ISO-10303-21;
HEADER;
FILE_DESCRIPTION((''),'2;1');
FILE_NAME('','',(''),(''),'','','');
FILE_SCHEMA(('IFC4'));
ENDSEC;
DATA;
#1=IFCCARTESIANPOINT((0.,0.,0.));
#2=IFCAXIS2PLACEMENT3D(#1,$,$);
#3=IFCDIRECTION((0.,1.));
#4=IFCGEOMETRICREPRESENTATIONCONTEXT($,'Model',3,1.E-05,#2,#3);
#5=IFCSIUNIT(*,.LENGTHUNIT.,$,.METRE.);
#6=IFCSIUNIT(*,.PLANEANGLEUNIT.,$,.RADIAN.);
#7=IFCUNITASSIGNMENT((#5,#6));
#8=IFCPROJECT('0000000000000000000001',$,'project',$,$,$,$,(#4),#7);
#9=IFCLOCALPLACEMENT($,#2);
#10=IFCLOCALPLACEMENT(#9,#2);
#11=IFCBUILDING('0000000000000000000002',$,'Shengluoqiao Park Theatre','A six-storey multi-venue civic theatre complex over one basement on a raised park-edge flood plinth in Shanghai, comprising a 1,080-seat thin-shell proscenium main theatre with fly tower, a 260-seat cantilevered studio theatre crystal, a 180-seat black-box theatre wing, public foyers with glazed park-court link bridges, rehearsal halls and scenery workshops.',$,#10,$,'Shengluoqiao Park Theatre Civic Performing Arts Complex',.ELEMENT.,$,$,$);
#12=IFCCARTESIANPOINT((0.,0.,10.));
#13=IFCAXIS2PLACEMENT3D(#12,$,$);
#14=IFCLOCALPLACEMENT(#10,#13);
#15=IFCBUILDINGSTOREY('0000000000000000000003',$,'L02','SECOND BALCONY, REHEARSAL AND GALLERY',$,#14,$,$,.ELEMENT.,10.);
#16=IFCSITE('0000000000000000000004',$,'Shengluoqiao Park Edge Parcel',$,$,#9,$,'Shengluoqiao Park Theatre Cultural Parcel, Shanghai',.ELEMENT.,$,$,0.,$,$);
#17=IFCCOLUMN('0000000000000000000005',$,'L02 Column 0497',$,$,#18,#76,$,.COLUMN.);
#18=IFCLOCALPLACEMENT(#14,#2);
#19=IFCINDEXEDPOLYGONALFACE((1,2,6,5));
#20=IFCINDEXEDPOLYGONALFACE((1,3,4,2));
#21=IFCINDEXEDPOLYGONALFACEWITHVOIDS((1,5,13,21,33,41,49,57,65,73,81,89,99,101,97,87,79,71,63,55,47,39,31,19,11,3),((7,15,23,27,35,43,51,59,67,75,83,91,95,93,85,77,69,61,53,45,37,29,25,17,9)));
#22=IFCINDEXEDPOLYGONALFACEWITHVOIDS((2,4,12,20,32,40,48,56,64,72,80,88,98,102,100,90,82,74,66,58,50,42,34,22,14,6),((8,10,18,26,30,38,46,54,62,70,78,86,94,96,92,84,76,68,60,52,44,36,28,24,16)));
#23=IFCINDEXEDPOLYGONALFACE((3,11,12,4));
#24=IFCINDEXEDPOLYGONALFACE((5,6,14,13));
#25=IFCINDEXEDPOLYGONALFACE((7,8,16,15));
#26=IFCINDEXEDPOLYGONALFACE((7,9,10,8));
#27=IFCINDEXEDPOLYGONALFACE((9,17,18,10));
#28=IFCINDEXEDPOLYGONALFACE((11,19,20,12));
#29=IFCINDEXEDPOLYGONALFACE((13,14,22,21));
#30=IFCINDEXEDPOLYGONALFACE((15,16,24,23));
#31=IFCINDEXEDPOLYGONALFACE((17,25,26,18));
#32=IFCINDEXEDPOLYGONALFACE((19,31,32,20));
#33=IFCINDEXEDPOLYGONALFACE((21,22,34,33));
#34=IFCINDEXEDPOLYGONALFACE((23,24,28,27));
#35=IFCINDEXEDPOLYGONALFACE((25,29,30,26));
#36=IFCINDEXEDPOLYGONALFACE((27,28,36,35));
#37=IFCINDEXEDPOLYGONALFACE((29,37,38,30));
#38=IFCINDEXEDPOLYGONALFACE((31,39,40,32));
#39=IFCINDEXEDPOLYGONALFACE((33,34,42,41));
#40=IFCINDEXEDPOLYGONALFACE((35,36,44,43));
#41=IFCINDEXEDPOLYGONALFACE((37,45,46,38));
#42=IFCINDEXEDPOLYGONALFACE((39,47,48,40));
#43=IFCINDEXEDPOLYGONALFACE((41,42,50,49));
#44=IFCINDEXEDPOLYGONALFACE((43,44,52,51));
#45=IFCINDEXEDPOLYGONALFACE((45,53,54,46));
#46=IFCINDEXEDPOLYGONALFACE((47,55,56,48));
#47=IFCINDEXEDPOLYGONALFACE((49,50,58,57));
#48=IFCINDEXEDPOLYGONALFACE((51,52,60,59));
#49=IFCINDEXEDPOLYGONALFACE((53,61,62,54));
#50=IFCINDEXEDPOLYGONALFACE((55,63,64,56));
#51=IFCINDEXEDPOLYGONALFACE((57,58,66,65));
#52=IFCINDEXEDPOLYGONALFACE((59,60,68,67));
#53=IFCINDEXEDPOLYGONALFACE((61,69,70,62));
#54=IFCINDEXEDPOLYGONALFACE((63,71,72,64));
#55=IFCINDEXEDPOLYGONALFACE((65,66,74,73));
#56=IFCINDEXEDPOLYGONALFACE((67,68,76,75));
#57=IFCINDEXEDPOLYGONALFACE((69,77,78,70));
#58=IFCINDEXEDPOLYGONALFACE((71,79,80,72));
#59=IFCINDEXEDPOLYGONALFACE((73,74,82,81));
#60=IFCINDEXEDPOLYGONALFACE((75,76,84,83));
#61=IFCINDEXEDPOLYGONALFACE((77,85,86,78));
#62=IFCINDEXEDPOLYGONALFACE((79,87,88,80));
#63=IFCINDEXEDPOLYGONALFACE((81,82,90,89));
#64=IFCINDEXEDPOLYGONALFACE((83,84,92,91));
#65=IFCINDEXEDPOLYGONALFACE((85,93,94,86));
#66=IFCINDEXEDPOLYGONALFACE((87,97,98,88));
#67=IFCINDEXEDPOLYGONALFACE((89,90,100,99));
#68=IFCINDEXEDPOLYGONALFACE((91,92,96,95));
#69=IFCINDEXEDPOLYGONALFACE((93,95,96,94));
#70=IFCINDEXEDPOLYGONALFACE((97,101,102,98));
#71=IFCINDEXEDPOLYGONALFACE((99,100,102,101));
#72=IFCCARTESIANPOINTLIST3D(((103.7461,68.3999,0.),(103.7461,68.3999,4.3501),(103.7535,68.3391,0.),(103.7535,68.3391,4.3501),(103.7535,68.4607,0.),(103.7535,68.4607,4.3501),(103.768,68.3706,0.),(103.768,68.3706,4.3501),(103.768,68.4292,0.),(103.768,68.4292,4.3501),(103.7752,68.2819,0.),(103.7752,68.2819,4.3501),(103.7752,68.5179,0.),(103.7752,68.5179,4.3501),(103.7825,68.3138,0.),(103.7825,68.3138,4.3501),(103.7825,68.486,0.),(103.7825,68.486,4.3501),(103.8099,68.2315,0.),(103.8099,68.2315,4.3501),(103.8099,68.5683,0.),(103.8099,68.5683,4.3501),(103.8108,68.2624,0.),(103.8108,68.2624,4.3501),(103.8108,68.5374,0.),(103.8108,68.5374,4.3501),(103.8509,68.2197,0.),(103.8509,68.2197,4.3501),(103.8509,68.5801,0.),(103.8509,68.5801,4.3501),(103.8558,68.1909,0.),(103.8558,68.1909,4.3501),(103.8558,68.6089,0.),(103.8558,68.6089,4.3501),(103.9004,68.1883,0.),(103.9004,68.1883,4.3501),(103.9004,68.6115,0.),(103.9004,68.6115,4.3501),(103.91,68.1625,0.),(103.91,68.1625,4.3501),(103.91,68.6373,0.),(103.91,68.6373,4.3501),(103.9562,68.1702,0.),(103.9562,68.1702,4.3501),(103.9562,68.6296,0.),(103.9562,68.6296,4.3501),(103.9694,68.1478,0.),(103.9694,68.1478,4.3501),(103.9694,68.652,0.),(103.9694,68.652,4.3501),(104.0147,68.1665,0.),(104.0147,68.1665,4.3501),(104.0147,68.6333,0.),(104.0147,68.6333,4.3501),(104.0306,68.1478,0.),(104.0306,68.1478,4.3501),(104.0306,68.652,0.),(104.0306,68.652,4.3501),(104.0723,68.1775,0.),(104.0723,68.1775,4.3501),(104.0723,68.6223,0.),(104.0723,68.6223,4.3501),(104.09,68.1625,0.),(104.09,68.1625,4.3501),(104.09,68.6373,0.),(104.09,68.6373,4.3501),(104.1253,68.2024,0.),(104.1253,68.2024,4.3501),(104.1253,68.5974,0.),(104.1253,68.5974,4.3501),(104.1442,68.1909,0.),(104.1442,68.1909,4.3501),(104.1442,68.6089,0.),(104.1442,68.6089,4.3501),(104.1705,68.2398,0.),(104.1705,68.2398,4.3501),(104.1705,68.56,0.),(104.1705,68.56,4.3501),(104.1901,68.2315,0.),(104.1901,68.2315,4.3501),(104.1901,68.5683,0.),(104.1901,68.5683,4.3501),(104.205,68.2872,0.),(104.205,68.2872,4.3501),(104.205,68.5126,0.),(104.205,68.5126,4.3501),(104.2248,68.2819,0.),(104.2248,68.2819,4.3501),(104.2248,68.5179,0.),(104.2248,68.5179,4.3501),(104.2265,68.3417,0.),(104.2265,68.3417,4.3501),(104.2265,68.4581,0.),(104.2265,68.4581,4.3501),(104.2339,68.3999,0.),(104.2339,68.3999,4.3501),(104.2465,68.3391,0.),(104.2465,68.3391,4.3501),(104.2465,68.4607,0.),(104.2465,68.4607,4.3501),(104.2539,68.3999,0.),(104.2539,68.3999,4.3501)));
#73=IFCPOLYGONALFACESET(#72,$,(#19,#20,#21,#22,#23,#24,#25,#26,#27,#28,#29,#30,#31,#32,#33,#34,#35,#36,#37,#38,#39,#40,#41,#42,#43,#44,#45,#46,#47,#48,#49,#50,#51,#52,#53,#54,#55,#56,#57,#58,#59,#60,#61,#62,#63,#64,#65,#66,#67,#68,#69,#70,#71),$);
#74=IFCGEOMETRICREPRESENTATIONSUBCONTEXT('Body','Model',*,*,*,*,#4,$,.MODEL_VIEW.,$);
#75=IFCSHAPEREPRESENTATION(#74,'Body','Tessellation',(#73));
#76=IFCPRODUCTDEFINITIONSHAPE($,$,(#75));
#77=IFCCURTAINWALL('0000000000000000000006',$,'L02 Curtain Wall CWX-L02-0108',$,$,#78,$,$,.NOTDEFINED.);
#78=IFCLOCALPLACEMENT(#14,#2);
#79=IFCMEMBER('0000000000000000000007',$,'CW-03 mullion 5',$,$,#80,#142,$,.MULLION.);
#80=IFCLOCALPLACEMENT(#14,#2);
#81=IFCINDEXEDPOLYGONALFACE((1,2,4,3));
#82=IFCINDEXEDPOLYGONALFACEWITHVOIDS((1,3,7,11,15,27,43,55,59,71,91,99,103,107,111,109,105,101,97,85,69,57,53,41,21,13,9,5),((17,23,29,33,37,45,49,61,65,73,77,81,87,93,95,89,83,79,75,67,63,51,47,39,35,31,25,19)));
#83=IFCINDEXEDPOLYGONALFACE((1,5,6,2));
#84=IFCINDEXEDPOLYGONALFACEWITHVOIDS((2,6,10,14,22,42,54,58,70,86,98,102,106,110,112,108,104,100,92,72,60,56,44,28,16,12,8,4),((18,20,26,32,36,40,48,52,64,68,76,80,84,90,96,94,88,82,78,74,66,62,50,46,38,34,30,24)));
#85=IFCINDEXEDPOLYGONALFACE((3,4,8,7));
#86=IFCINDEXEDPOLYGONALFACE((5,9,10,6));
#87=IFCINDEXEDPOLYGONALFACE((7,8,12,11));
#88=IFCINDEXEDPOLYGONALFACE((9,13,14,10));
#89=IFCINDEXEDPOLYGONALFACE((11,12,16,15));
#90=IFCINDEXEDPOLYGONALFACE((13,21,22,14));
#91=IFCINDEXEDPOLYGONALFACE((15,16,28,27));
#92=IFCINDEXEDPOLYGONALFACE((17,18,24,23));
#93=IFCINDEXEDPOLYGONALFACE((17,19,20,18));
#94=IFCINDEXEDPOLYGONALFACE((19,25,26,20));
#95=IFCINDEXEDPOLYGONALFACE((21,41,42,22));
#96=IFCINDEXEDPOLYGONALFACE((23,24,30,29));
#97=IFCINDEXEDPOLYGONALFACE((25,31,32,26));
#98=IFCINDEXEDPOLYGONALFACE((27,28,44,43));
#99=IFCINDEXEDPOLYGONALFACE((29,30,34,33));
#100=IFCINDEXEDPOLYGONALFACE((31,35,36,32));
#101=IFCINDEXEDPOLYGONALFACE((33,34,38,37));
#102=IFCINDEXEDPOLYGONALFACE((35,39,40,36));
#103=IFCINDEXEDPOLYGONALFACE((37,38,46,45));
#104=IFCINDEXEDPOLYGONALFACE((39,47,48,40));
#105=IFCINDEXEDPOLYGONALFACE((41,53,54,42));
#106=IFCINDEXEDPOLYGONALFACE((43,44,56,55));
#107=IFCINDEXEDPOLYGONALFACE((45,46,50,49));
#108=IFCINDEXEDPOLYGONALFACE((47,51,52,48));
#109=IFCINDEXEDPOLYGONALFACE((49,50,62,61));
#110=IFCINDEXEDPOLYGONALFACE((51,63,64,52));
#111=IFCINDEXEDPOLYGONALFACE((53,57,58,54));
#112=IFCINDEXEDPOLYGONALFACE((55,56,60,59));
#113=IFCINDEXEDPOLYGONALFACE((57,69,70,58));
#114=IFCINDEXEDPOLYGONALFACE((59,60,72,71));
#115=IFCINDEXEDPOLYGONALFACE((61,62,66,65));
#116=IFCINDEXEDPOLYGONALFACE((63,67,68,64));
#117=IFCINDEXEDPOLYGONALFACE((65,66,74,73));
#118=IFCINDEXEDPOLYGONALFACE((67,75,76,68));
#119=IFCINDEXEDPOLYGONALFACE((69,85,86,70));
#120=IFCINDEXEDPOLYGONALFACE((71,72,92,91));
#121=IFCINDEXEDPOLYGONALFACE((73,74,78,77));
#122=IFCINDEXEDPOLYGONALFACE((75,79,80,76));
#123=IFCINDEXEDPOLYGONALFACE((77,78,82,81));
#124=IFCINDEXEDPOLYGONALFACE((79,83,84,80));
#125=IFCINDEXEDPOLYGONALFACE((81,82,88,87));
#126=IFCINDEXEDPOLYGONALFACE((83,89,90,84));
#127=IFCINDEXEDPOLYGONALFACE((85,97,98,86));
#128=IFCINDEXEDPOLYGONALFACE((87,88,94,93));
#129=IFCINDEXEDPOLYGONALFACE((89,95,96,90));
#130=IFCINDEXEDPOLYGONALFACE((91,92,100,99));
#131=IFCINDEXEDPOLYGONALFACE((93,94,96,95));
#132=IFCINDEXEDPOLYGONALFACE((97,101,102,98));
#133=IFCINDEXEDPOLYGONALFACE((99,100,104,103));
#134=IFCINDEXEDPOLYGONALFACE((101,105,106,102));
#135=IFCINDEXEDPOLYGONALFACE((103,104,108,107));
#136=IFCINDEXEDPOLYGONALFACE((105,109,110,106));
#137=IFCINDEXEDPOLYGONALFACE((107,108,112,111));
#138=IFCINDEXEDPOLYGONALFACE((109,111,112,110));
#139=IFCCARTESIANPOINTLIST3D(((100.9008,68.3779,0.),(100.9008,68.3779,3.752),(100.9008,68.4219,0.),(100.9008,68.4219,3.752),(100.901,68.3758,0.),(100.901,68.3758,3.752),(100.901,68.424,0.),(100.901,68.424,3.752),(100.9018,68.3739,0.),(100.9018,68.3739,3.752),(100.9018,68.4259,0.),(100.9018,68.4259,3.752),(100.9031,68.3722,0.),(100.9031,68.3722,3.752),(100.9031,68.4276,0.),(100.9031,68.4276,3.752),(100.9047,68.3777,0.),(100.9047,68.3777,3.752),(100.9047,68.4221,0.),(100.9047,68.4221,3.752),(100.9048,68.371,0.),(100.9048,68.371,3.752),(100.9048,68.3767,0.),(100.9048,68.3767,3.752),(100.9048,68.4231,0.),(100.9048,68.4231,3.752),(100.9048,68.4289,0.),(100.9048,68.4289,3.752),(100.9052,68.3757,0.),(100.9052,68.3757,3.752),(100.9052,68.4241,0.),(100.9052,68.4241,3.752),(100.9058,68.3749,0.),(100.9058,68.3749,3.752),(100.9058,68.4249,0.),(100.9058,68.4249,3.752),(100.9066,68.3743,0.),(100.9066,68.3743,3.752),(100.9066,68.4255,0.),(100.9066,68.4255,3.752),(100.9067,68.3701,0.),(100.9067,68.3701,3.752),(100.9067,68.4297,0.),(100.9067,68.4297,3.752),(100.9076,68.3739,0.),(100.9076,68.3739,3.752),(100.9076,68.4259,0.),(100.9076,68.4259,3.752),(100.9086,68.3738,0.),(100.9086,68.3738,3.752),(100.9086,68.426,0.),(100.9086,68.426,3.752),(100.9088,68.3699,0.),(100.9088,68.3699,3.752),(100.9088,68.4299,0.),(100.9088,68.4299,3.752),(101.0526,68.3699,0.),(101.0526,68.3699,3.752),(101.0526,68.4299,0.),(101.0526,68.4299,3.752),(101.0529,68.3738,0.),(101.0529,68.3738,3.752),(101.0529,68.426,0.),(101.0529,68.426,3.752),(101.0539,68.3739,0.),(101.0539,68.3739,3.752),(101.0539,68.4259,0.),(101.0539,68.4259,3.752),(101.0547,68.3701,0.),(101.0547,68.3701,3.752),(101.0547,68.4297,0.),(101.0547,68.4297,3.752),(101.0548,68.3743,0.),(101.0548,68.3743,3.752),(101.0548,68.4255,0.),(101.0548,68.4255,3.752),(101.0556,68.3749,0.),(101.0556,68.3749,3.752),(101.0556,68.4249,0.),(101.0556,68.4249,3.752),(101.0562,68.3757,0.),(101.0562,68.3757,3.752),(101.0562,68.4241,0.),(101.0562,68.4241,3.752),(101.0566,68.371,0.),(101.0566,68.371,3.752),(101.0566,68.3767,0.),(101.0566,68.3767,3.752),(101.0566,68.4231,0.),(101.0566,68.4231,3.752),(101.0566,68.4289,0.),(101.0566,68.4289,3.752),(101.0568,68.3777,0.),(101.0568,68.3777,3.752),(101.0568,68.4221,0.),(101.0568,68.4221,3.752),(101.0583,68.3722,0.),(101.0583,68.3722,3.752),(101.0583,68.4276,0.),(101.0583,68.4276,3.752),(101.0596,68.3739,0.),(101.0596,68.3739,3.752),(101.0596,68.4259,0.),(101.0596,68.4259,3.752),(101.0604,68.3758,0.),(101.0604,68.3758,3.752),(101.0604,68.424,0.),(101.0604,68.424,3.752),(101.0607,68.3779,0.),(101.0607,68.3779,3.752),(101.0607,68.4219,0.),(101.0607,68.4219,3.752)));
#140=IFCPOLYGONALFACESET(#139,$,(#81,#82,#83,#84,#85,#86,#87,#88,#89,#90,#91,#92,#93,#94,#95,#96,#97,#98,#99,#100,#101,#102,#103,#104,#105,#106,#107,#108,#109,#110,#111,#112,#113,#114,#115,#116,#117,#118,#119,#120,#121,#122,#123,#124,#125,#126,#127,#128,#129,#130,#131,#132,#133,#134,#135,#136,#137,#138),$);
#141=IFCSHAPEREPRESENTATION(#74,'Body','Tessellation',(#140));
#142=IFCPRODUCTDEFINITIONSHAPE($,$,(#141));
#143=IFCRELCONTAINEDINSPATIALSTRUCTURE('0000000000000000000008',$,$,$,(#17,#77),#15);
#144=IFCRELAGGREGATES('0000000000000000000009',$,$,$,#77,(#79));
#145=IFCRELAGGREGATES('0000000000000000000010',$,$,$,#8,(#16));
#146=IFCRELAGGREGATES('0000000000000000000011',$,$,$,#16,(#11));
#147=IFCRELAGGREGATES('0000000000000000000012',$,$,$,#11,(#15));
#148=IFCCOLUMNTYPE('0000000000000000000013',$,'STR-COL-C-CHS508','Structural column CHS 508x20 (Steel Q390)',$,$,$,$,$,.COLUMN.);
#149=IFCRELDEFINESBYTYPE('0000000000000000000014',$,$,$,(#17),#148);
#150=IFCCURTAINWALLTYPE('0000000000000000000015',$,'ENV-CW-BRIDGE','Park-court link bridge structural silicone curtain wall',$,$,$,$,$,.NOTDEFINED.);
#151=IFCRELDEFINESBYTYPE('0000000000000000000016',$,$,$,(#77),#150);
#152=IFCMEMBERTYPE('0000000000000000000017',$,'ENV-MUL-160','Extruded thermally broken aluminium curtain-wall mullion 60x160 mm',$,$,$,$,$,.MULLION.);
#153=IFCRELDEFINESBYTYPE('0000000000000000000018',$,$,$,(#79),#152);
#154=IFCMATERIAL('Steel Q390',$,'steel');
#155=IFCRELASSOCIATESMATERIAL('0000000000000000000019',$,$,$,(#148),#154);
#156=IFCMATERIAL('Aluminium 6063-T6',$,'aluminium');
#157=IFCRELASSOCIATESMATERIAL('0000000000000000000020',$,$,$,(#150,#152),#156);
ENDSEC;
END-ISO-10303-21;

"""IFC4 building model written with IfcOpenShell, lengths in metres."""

from ifc_helpers import new_model, si_unit, direction, frame, origin, origin_2d, place, context, subcontext, project, spatial, hollow_rectangle, hollow_circle, extrude, material, material_profile, profile_set, type_object, element, aggregate, save


model = new_model("IFC4")

# Units and contexts
model_context = context("Model", 3, precision=1e-05, world=origin(), true_north=direction((0.0, 1.0)))
body_context = subcontext(model_context, "Body", "Model", "MODEL_VIEW")
ifc_project = project(units=[si_unit("LENGTHUNIT", "METRE"), si_unit("PLANEANGLEUNIT", "RADIAN")], contexts=[model_context])

# Site, building, storey
site_placement = place(None, origin())
site = spatial("IfcSite", under=ifc_project, at=site_placement, Name="Shengluoqiao Park Edge Parcel", LongName="Shengluoqiao Park Theatre Cultural Parcel, Shanghai", CompositionType="ELEMENT", RefElevation=0.0)
building_placement = place(site_placement, origin())
building = spatial("IfcBuilding", under=site, at=building_placement, Name="Shengluoqiao Park Theatre", Description="A six-storey multi-venue civic theatre complex over one basement on a raised park-edge flood plinth in Shanghai, comprising a 1,080-seat thin-shell proscenium main theatre with fly tower, a 260-seat cantilevered studio theatre crystal, a 180-seat black-box theatre wing, public foyers with glazed park-court link bridges, rehearsal halls and scenery workshops.", LongName="Shengluoqiao Park Theatre Civic Performing Arts Complex", CompositionType="ELEMENT")
storey_placement = place(building_placement, frame((0.0, 0.0, 10.0)))
storey = spatial("IfcBuildingStorey", under=building, at=storey_placement, Name="L02", Description="SECOND BALCONY, REHEARSAL AND GALLERY", CompositionType="ELEMENT", Elevation=10.0)

# Column
ifc_material_1 = material(Name="Steel Q390", Category="steel")
ifc_material_profile_1 = material_profile(ifc_material_1, hollow_circle(Radius=0.2539, WallThickness=0.02, at=origin_2d()), Name="CHS 508x20")
ifc_profile_set_1 = profile_set([ifc_material_profile_1], Name="Steel Q390")
column_type = type_object("IfcColumnType", Name="STR-COL-C-CHS508", Description="Structural column CHS 508x20 (Steel Q390)", PredefinedType="COLUMN", material=ifc_profile_set_1)
column_placement = place(storey_placement, frame((104.0, 68.3999, 0.0), z_axis=(0.0, 0.0, 1.0), x_axis=(1.0, 0.0, 0.0)))
element("IfcColumn", 1, at=column_placement, inside=storey, type_object=column_type, Name="L02 Column 0497", PredefinedType="COLUMN", context=body_context, shape_type="SweptSolid", body=[
    extrude(hollow_circle(Radius=0.2539, WallThickness=0.02, at=origin_2d()), origin(), (0.0, 0.0, 1.0), 4.3501),
])

# Curtain wall, member
ifc_material_2 = material(Name="Aluminium 6063-T6", Category="aluminium")
curtain_wall_type = type_object("IfcCurtainWallType", Name="ENV-CW-BRIDGE", Description="Park-court link bridge structural silicone curtain wall", PredefinedType="NOTDEFINED", material=ifc_material_2)
curtain_wall_1_placement = place(storey_placement, origin())
curtain_wall_1 = element("IfcCurtainWall", 2, at=curtain_wall_1_placement, inside=storey, type_object=curtain_wall_type, Name="L02 Curtain Wall CWX-L02-0108", PredefinedType="NOTDEFINED")
ifc_material_profile_2 = material_profile(ifc_material_2, hollow_rectangle(XDim=0.0601, YDim=0.1599, WallThickness=0.0039, InnerFilletRadius=0.0039, OuterFilletRadius=0.0081, at=origin_2d()), Name="ALU MULLION 160x60x4")
ifc_profile_set_2 = profile_set([ifc_material_profile_2], Name="Aluminium 6063-T6")
member_type_1 = type_object("IfcMemberType", Name="ENV-MUL-160", Description="Extruded thermally broken aluminium curtain-wall mullion 60x160 mm", PredefinedType="MULLION", material=ifc_profile_set_2)
member_1_placement = place(storey_placement, frame((100.9807, 68.3999, 0.0), z_axis=(0.0, 0.0, 1.0), x_axis=(0.0, 1.0, 0.0)))
member_1 = element("IfcMember", 3, at=member_1_placement, type_object=member_type_1, Name="CW-03 mullion 5", PredefinedType="MULLION", context=body_context, shape_type="SweptSolid", body=[
    extrude(hollow_rectangle(XDim=0.0601, YDim=0.1599, WallThickness=0.0039, InnerFilletRadius=0.0039, OuterFilletRadius=0.0081, at=origin_2d()), origin(), (0.0, 0.0, 1.0), 3.752),
])

aggregate(curtain_wall_1, [member_1])

save(model, "model.ifc")
